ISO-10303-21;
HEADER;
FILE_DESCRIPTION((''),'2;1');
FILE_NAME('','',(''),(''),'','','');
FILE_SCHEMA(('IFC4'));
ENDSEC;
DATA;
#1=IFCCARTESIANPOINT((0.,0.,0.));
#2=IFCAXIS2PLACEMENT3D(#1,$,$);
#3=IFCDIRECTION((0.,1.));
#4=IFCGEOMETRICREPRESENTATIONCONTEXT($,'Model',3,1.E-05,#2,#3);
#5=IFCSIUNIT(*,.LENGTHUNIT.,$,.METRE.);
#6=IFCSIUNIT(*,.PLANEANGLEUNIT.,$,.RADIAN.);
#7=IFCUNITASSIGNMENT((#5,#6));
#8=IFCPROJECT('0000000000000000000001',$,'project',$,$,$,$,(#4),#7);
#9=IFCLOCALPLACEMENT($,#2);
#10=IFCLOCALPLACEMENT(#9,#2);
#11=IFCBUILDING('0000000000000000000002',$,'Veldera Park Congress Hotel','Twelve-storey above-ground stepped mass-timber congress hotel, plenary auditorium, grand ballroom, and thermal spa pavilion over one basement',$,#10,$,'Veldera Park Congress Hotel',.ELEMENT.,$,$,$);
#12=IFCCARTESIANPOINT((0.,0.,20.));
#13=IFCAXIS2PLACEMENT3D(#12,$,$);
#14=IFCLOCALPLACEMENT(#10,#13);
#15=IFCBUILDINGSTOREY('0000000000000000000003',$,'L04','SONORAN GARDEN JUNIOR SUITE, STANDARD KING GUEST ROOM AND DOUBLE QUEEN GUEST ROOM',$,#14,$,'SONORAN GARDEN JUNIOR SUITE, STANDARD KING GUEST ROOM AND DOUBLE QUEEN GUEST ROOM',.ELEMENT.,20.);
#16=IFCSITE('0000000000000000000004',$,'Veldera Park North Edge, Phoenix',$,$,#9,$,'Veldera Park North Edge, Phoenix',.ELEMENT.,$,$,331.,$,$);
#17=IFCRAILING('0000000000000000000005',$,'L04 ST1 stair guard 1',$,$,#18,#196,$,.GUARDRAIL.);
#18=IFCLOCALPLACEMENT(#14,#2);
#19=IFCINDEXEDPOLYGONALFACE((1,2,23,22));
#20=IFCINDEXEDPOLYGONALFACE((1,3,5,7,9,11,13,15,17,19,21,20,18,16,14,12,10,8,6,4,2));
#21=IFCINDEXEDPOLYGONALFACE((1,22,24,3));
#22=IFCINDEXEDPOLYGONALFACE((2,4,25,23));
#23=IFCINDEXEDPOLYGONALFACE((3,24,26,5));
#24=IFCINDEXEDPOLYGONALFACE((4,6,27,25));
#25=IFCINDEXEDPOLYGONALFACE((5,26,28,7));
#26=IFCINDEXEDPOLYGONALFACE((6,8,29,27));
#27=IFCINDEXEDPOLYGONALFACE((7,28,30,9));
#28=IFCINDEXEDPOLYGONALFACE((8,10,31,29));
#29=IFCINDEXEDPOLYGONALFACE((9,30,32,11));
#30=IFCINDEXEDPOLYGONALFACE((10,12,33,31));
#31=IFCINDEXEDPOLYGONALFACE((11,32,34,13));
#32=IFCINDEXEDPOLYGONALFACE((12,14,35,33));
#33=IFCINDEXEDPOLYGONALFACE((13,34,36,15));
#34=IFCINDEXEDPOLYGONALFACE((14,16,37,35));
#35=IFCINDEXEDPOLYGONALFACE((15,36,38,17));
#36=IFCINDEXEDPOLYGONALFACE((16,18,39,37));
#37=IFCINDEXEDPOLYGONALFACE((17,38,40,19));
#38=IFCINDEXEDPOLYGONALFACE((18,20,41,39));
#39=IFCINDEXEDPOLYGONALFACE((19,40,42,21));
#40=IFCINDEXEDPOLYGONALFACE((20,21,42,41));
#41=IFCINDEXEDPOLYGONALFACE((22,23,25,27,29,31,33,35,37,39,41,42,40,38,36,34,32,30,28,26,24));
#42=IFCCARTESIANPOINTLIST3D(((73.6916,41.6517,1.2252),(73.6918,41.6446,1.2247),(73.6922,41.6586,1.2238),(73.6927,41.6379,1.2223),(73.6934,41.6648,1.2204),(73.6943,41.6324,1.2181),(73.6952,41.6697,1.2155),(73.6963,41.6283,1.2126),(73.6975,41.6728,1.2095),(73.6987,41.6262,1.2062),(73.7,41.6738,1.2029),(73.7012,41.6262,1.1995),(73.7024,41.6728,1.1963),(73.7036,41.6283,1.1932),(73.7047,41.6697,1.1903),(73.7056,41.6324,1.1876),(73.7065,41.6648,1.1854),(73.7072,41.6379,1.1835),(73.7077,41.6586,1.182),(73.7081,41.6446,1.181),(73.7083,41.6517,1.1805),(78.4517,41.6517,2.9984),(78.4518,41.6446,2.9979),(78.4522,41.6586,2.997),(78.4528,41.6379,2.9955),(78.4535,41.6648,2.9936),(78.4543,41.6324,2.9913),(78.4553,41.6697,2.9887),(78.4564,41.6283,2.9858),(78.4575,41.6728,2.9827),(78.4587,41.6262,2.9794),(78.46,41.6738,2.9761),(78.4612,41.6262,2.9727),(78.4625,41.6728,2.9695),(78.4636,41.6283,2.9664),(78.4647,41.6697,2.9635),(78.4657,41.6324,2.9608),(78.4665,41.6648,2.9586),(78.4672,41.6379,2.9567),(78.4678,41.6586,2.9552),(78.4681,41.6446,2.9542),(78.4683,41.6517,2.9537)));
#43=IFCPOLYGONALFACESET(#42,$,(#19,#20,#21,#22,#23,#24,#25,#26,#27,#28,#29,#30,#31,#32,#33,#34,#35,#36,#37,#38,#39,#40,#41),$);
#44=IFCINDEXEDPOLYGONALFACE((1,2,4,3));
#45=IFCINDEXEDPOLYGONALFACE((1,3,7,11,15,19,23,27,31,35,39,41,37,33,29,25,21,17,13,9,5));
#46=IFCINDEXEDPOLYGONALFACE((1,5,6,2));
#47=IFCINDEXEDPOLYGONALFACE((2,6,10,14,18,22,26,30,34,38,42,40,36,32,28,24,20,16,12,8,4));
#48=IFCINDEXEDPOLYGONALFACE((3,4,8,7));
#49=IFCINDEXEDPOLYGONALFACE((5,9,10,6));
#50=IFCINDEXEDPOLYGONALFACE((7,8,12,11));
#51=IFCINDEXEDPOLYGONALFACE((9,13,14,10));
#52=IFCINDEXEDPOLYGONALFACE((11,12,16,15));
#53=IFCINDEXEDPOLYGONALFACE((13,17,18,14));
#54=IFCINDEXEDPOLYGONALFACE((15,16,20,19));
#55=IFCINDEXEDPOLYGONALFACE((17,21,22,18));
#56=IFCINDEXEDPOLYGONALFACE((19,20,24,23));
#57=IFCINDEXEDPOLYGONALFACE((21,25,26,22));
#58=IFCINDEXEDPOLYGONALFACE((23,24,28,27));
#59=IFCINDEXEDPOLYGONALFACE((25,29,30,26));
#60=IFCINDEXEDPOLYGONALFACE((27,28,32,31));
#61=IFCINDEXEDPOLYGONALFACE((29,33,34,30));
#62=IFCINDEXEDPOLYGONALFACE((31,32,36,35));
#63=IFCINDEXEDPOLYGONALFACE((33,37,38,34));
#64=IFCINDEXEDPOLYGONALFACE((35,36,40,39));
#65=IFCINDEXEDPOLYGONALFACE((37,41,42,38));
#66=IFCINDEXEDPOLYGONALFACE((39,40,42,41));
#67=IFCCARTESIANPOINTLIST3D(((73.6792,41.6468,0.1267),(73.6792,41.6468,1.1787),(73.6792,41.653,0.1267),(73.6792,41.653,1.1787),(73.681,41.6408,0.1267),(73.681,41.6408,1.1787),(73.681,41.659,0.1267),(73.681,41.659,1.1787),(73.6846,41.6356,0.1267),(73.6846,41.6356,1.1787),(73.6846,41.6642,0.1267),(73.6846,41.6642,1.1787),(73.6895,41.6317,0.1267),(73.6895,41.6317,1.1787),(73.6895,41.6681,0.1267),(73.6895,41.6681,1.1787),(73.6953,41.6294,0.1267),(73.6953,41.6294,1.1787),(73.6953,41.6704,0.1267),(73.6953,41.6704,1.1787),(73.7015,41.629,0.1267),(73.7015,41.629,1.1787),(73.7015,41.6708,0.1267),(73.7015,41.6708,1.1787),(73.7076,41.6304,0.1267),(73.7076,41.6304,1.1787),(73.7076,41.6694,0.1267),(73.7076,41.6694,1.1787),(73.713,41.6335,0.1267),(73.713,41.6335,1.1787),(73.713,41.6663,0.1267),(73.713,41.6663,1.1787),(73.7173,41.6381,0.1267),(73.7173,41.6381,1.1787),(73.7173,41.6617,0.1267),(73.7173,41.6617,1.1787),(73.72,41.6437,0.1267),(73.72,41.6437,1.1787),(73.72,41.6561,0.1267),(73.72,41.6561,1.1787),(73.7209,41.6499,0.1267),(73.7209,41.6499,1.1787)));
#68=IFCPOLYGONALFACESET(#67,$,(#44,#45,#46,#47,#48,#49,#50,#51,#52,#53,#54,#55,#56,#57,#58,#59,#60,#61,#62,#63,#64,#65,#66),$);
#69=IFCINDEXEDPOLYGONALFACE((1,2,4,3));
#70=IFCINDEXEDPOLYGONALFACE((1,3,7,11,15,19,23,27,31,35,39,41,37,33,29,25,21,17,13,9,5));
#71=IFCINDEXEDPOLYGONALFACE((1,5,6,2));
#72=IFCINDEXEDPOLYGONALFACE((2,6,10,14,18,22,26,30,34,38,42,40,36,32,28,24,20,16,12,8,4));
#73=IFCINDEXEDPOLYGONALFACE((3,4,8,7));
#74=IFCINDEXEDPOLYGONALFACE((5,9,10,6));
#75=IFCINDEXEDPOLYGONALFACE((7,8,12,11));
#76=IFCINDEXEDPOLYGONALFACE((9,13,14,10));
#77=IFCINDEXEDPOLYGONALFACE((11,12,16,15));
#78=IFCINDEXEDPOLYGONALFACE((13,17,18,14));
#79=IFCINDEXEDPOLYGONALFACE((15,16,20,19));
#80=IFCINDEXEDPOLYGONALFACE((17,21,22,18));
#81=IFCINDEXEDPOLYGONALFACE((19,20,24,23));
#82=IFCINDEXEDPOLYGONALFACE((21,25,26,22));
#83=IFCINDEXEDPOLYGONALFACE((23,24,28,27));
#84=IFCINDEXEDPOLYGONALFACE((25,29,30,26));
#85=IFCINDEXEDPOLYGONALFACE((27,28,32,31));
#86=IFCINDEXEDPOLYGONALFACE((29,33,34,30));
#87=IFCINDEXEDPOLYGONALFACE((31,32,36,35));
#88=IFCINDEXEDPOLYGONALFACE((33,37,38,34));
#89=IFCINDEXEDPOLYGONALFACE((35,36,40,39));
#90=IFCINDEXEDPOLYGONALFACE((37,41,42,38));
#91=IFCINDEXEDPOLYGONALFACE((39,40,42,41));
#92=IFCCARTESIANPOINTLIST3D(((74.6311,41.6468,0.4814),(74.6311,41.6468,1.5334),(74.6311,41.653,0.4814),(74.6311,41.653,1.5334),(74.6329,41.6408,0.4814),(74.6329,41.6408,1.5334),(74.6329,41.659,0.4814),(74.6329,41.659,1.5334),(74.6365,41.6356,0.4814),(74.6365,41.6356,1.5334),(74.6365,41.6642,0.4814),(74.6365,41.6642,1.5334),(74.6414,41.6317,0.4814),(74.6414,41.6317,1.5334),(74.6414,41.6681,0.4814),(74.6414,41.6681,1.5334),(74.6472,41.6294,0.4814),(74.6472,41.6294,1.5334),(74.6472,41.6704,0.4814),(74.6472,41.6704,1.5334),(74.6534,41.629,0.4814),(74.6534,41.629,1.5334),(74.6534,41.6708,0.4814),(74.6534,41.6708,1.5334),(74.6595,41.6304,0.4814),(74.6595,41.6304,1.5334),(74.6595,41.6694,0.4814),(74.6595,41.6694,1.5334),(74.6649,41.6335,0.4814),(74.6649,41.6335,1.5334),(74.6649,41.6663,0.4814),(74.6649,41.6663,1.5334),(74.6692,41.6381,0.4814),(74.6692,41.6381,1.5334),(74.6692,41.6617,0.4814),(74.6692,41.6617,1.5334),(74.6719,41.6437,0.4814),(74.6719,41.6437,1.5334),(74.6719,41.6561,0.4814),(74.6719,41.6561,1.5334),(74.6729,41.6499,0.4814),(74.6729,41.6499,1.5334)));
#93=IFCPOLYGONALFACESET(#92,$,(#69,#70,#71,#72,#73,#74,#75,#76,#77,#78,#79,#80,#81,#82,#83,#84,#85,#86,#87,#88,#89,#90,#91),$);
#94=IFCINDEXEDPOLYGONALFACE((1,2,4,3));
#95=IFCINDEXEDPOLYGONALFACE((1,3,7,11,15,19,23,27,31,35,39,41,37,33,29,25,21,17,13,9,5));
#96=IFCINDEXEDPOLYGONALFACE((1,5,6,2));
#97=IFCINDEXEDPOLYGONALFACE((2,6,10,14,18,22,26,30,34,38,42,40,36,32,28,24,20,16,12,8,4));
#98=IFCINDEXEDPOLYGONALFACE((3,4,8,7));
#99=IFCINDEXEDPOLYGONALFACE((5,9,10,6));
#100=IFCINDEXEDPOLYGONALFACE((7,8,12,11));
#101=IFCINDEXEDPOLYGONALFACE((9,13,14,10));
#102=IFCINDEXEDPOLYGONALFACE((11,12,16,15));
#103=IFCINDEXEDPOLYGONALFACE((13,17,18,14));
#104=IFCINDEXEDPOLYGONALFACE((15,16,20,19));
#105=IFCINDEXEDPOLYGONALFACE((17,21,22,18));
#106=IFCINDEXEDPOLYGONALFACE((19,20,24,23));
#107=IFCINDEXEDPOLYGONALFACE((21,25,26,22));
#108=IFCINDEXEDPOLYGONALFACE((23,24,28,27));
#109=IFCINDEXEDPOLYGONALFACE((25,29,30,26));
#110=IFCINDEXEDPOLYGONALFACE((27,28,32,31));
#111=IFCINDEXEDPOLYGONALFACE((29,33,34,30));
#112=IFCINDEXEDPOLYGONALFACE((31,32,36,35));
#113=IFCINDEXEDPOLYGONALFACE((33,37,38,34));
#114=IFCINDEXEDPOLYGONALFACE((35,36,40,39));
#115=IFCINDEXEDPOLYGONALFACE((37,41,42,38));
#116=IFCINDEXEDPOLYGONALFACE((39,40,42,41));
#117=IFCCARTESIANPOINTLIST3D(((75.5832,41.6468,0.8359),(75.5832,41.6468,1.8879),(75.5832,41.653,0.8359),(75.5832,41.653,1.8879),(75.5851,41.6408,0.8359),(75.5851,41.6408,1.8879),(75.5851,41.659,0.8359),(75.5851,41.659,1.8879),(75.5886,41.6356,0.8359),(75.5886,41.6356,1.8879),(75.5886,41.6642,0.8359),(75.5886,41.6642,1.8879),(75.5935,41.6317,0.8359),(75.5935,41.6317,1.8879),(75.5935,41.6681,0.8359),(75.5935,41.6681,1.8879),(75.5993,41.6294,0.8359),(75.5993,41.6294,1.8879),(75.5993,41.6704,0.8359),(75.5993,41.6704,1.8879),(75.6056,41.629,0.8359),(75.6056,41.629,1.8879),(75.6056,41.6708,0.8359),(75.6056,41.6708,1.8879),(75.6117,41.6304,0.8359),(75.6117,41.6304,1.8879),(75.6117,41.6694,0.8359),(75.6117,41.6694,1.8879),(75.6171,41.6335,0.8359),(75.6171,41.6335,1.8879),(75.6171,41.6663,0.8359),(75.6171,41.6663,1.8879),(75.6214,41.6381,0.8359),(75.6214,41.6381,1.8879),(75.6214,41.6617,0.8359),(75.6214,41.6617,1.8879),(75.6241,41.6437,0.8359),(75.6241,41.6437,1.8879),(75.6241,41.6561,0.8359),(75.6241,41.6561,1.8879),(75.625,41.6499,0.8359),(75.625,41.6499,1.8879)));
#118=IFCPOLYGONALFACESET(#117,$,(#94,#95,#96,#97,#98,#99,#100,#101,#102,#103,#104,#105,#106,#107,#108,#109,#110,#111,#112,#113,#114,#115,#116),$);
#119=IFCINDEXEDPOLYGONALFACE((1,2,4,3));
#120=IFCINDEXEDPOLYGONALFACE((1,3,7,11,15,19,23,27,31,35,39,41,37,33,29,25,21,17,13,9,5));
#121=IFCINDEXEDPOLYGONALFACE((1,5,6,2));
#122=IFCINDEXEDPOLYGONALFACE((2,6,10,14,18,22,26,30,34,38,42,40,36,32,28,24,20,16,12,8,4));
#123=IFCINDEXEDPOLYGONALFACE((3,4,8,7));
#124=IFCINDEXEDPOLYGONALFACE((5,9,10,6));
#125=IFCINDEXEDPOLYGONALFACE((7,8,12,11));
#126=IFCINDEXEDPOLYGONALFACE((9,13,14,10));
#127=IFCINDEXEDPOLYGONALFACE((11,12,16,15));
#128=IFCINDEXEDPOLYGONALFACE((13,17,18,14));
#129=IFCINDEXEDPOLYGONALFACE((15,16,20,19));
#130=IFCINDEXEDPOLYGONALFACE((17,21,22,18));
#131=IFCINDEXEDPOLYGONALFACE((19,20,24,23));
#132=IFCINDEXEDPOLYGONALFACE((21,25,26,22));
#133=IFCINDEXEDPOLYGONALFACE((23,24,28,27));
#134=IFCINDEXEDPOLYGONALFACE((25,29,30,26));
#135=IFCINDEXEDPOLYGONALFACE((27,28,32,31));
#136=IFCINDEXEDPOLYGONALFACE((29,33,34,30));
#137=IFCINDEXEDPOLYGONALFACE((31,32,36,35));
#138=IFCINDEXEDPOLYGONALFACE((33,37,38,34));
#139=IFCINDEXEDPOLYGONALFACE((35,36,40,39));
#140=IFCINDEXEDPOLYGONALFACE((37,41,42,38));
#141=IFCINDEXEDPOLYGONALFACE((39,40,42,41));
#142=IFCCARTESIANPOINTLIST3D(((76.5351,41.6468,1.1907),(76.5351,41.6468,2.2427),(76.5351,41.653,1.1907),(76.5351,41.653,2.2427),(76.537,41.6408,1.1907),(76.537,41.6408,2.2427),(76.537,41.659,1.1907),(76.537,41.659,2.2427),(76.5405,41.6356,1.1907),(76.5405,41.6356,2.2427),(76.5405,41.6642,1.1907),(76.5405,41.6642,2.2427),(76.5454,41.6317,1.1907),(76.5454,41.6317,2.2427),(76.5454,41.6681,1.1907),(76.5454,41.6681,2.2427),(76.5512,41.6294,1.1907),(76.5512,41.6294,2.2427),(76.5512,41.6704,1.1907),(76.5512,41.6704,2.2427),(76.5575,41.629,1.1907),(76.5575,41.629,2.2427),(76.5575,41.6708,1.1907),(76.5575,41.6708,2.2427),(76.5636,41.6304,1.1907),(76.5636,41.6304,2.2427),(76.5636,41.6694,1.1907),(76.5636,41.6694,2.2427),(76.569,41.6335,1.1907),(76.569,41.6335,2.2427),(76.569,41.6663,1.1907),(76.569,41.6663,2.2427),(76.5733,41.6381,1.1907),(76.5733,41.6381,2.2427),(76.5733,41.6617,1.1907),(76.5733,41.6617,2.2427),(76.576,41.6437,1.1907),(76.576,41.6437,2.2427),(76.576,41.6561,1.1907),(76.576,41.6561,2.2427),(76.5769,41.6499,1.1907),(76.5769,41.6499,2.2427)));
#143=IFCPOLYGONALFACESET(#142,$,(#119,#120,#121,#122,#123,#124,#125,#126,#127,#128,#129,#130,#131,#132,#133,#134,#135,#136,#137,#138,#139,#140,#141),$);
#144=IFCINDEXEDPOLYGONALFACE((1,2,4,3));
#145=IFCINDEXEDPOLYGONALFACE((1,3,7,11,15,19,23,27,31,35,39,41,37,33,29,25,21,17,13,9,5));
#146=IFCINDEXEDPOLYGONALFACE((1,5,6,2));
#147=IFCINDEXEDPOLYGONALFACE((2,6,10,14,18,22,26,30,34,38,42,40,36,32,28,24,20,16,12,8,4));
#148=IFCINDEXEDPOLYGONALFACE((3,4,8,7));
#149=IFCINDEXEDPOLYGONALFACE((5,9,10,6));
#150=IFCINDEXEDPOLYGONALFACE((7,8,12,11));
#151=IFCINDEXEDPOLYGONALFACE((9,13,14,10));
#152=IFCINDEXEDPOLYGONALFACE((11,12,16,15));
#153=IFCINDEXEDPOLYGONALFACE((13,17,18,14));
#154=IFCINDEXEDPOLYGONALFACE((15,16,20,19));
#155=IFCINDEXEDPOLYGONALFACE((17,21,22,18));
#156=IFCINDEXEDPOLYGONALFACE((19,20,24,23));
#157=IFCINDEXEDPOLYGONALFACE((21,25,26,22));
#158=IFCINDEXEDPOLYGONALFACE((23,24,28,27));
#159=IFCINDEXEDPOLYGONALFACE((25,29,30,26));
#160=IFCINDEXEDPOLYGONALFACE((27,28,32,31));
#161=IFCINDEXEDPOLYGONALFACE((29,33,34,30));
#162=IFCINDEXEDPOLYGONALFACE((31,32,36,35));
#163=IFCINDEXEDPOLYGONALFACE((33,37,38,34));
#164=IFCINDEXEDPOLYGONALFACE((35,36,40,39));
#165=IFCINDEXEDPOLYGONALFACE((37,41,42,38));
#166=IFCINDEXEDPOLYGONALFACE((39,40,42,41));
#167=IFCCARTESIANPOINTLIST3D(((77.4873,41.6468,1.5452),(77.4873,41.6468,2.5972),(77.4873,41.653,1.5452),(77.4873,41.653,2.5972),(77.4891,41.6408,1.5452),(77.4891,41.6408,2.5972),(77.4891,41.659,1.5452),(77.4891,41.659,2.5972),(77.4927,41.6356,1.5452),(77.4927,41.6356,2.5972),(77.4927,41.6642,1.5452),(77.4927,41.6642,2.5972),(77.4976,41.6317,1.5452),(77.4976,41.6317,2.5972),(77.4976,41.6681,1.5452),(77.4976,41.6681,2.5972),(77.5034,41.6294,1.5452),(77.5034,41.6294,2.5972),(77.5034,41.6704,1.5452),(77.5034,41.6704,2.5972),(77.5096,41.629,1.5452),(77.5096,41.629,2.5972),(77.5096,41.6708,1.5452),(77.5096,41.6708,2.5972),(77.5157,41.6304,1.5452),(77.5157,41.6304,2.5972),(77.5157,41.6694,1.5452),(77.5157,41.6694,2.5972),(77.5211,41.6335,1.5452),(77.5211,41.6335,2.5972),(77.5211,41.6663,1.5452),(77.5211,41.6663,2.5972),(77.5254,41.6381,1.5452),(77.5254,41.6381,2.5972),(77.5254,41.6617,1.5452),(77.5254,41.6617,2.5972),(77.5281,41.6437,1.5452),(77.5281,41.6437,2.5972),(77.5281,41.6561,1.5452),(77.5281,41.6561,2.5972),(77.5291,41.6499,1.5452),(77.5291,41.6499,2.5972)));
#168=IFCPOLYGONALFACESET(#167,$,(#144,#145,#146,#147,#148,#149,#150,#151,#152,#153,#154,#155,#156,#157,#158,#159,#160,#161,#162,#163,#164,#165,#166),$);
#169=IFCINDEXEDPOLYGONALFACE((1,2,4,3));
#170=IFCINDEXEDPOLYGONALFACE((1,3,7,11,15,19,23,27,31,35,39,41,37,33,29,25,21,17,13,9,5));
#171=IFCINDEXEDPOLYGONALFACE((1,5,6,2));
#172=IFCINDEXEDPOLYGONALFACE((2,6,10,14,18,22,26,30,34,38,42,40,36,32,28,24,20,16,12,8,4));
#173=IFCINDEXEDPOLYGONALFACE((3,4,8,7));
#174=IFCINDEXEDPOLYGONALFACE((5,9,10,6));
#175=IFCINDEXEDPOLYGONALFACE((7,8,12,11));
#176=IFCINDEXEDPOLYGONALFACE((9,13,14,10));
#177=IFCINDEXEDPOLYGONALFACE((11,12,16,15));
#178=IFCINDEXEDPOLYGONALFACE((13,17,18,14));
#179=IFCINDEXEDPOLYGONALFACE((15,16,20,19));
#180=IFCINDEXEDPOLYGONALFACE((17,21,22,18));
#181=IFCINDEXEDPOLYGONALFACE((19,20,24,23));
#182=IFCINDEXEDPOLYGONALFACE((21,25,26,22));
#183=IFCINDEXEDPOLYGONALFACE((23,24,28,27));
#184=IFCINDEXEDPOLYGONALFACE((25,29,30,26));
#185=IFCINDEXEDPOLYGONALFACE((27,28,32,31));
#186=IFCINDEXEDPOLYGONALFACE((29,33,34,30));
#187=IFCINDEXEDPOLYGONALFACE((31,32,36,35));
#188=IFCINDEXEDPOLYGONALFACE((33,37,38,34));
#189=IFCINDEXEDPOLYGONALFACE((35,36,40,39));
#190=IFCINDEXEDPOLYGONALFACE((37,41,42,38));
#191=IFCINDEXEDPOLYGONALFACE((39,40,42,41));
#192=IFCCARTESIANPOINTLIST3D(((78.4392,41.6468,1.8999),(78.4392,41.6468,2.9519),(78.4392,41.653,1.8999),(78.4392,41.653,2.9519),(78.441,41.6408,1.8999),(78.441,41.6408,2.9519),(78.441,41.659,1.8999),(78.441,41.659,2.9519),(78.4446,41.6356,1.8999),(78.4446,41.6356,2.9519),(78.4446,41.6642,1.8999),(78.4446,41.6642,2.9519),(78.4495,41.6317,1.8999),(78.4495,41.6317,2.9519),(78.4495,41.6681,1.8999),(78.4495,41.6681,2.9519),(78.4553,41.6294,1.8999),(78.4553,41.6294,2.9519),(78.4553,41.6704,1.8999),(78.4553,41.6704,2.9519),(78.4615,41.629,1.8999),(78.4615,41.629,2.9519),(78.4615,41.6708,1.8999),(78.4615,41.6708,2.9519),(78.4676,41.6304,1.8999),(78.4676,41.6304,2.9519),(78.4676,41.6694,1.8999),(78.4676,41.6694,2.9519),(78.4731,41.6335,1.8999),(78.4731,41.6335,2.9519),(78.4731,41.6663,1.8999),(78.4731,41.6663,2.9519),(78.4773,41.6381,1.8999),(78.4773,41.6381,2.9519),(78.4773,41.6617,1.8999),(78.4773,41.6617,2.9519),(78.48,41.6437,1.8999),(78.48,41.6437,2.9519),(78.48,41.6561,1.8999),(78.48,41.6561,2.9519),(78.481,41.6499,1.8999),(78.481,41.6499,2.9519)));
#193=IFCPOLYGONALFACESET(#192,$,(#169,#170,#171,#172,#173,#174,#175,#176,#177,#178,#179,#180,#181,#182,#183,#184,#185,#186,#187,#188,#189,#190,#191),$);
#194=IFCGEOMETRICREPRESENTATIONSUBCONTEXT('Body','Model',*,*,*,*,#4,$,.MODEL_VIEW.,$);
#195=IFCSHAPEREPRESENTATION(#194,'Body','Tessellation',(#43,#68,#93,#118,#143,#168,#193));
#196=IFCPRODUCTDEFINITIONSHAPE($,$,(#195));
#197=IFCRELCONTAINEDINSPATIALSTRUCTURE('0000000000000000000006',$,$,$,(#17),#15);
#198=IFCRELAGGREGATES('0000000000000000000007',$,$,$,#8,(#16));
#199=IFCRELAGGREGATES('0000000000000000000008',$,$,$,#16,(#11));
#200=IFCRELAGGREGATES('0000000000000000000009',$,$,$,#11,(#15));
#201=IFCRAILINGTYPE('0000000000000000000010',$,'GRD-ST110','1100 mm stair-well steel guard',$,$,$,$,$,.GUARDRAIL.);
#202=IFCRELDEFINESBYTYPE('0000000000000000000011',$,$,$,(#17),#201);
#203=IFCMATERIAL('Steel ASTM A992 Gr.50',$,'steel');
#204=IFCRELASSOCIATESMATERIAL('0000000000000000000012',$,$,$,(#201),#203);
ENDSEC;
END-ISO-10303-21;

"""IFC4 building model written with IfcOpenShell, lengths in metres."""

from ifc_helpers import new_model, si_unit, direction, frame, origin, origin_2d, place, context, subcontext, project, spatial, circle, extrude, material, type_object, element, save


model = new_model("IFC4")

# Units and contexts
model_context = context("Model", 3, precision=1e-05, world=origin(), true_north=direction((0.0, 1.0)))
body_context = subcontext(model_context, "Body", "Model", "MODEL_VIEW")
ifc_project = project(units=[si_unit("LENGTHUNIT", "METRE"), si_unit("PLANEANGLEUNIT", "RADIAN")], contexts=[model_context])

# Site, building, storey
site_placement = place(None, origin())
site = spatial("IfcSite", under=ifc_project, at=site_placement, Name="Veldera Park North Edge, Phoenix", LongName="Veldera Park North Edge, Phoenix", CompositionType="ELEMENT", RefElevation=331.0)
building_placement = place(site_placement, origin())
building = spatial("IfcBuilding", under=site, at=building_placement, Name="Veldera Park Congress Hotel", Description="Twelve-storey above-ground stepped mass-timber congress hotel, plenary auditorium, grand ballroom, and thermal spa pavilion over one basement", LongName="Veldera Park Congress Hotel", CompositionType="ELEMENT")
storey_placement = place(building_placement, frame((0.0, 0.0, 20.0)))
storey = spatial("IfcBuildingStorey", under=building, at=storey_placement, Name="L04", Description="SONORAN GARDEN JUNIOR SUITE, STANDARD KING GUEST ROOM AND DOUBLE QUEEN GUEST ROOM", LongName="SONORAN GARDEN JUNIOR SUITE, STANDARD KING GUEST ROOM AND DOUBLE QUEEN GUEST ROOM", CompositionType="ELEMENT", Elevation=20.0)

# Railing
ifc_material_1 = material(Name="Steel ASTM A992 Gr.50", Category="steel")
railing_type_1 = type_object("IfcRailingType", Name="GRD-ST110", Description="1100 mm stair-well steel guard", PredefinedType="GUARDRAIL", material=ifc_material_1)
railing_1_placement = place(storey_placement, frame((73.7, 41.6499, 0.1267)))
element("IfcRailing", 1, at=railing_1_placement, inside=storey, type_object=railing_type_1, Name="L04 ST1 stair guard 1", PredefinedType="GUARDRAIL", context=body_context, shape_type="SweptSolid", body=[
    extrude(circle(Radius=0.0239, at=origin_2d()), frame((0.0, 0.0, 1.0762), z_axis=(0.937091, 0.0, 0.349084), x_axis=(0.0, 1.0, 0.0)), (0.0, 0.0, 1.0), 5.0796),
    extrude(circle(Radius=0.021, at=origin_2d()), origin(), (0.0, 0.0, 1.0), 1.052),
    extrude(circle(Radius=0.021, at=origin_2d()), frame((0.9519, 0.0, 0.3547)), (0.0, 0.0, 1.0), 1.052),
    extrude(circle(Radius=0.021, at=origin_2d()), frame((1.9041, 0.0, 0.7092)), (0.0, 0.0, 1.0), 1.052),
    extrude(circle(Radius=0.021, at=origin_2d()), frame((2.856, 0.0, 1.064)), (0.0, 0.0, 1.0), 1.052),
    extrude(circle(Radius=0.021, at=origin_2d()), frame((3.8081, 0.0, 1.4185)), (0.0, 0.0, 1.0), 1.052),
    extrude(circle(Radius=0.021, at=origin_2d()), frame((4.76, 0.0, 1.7732)), (0.0, 0.0, 1.0), 1.052),
])

save(model, "model.ifc")
